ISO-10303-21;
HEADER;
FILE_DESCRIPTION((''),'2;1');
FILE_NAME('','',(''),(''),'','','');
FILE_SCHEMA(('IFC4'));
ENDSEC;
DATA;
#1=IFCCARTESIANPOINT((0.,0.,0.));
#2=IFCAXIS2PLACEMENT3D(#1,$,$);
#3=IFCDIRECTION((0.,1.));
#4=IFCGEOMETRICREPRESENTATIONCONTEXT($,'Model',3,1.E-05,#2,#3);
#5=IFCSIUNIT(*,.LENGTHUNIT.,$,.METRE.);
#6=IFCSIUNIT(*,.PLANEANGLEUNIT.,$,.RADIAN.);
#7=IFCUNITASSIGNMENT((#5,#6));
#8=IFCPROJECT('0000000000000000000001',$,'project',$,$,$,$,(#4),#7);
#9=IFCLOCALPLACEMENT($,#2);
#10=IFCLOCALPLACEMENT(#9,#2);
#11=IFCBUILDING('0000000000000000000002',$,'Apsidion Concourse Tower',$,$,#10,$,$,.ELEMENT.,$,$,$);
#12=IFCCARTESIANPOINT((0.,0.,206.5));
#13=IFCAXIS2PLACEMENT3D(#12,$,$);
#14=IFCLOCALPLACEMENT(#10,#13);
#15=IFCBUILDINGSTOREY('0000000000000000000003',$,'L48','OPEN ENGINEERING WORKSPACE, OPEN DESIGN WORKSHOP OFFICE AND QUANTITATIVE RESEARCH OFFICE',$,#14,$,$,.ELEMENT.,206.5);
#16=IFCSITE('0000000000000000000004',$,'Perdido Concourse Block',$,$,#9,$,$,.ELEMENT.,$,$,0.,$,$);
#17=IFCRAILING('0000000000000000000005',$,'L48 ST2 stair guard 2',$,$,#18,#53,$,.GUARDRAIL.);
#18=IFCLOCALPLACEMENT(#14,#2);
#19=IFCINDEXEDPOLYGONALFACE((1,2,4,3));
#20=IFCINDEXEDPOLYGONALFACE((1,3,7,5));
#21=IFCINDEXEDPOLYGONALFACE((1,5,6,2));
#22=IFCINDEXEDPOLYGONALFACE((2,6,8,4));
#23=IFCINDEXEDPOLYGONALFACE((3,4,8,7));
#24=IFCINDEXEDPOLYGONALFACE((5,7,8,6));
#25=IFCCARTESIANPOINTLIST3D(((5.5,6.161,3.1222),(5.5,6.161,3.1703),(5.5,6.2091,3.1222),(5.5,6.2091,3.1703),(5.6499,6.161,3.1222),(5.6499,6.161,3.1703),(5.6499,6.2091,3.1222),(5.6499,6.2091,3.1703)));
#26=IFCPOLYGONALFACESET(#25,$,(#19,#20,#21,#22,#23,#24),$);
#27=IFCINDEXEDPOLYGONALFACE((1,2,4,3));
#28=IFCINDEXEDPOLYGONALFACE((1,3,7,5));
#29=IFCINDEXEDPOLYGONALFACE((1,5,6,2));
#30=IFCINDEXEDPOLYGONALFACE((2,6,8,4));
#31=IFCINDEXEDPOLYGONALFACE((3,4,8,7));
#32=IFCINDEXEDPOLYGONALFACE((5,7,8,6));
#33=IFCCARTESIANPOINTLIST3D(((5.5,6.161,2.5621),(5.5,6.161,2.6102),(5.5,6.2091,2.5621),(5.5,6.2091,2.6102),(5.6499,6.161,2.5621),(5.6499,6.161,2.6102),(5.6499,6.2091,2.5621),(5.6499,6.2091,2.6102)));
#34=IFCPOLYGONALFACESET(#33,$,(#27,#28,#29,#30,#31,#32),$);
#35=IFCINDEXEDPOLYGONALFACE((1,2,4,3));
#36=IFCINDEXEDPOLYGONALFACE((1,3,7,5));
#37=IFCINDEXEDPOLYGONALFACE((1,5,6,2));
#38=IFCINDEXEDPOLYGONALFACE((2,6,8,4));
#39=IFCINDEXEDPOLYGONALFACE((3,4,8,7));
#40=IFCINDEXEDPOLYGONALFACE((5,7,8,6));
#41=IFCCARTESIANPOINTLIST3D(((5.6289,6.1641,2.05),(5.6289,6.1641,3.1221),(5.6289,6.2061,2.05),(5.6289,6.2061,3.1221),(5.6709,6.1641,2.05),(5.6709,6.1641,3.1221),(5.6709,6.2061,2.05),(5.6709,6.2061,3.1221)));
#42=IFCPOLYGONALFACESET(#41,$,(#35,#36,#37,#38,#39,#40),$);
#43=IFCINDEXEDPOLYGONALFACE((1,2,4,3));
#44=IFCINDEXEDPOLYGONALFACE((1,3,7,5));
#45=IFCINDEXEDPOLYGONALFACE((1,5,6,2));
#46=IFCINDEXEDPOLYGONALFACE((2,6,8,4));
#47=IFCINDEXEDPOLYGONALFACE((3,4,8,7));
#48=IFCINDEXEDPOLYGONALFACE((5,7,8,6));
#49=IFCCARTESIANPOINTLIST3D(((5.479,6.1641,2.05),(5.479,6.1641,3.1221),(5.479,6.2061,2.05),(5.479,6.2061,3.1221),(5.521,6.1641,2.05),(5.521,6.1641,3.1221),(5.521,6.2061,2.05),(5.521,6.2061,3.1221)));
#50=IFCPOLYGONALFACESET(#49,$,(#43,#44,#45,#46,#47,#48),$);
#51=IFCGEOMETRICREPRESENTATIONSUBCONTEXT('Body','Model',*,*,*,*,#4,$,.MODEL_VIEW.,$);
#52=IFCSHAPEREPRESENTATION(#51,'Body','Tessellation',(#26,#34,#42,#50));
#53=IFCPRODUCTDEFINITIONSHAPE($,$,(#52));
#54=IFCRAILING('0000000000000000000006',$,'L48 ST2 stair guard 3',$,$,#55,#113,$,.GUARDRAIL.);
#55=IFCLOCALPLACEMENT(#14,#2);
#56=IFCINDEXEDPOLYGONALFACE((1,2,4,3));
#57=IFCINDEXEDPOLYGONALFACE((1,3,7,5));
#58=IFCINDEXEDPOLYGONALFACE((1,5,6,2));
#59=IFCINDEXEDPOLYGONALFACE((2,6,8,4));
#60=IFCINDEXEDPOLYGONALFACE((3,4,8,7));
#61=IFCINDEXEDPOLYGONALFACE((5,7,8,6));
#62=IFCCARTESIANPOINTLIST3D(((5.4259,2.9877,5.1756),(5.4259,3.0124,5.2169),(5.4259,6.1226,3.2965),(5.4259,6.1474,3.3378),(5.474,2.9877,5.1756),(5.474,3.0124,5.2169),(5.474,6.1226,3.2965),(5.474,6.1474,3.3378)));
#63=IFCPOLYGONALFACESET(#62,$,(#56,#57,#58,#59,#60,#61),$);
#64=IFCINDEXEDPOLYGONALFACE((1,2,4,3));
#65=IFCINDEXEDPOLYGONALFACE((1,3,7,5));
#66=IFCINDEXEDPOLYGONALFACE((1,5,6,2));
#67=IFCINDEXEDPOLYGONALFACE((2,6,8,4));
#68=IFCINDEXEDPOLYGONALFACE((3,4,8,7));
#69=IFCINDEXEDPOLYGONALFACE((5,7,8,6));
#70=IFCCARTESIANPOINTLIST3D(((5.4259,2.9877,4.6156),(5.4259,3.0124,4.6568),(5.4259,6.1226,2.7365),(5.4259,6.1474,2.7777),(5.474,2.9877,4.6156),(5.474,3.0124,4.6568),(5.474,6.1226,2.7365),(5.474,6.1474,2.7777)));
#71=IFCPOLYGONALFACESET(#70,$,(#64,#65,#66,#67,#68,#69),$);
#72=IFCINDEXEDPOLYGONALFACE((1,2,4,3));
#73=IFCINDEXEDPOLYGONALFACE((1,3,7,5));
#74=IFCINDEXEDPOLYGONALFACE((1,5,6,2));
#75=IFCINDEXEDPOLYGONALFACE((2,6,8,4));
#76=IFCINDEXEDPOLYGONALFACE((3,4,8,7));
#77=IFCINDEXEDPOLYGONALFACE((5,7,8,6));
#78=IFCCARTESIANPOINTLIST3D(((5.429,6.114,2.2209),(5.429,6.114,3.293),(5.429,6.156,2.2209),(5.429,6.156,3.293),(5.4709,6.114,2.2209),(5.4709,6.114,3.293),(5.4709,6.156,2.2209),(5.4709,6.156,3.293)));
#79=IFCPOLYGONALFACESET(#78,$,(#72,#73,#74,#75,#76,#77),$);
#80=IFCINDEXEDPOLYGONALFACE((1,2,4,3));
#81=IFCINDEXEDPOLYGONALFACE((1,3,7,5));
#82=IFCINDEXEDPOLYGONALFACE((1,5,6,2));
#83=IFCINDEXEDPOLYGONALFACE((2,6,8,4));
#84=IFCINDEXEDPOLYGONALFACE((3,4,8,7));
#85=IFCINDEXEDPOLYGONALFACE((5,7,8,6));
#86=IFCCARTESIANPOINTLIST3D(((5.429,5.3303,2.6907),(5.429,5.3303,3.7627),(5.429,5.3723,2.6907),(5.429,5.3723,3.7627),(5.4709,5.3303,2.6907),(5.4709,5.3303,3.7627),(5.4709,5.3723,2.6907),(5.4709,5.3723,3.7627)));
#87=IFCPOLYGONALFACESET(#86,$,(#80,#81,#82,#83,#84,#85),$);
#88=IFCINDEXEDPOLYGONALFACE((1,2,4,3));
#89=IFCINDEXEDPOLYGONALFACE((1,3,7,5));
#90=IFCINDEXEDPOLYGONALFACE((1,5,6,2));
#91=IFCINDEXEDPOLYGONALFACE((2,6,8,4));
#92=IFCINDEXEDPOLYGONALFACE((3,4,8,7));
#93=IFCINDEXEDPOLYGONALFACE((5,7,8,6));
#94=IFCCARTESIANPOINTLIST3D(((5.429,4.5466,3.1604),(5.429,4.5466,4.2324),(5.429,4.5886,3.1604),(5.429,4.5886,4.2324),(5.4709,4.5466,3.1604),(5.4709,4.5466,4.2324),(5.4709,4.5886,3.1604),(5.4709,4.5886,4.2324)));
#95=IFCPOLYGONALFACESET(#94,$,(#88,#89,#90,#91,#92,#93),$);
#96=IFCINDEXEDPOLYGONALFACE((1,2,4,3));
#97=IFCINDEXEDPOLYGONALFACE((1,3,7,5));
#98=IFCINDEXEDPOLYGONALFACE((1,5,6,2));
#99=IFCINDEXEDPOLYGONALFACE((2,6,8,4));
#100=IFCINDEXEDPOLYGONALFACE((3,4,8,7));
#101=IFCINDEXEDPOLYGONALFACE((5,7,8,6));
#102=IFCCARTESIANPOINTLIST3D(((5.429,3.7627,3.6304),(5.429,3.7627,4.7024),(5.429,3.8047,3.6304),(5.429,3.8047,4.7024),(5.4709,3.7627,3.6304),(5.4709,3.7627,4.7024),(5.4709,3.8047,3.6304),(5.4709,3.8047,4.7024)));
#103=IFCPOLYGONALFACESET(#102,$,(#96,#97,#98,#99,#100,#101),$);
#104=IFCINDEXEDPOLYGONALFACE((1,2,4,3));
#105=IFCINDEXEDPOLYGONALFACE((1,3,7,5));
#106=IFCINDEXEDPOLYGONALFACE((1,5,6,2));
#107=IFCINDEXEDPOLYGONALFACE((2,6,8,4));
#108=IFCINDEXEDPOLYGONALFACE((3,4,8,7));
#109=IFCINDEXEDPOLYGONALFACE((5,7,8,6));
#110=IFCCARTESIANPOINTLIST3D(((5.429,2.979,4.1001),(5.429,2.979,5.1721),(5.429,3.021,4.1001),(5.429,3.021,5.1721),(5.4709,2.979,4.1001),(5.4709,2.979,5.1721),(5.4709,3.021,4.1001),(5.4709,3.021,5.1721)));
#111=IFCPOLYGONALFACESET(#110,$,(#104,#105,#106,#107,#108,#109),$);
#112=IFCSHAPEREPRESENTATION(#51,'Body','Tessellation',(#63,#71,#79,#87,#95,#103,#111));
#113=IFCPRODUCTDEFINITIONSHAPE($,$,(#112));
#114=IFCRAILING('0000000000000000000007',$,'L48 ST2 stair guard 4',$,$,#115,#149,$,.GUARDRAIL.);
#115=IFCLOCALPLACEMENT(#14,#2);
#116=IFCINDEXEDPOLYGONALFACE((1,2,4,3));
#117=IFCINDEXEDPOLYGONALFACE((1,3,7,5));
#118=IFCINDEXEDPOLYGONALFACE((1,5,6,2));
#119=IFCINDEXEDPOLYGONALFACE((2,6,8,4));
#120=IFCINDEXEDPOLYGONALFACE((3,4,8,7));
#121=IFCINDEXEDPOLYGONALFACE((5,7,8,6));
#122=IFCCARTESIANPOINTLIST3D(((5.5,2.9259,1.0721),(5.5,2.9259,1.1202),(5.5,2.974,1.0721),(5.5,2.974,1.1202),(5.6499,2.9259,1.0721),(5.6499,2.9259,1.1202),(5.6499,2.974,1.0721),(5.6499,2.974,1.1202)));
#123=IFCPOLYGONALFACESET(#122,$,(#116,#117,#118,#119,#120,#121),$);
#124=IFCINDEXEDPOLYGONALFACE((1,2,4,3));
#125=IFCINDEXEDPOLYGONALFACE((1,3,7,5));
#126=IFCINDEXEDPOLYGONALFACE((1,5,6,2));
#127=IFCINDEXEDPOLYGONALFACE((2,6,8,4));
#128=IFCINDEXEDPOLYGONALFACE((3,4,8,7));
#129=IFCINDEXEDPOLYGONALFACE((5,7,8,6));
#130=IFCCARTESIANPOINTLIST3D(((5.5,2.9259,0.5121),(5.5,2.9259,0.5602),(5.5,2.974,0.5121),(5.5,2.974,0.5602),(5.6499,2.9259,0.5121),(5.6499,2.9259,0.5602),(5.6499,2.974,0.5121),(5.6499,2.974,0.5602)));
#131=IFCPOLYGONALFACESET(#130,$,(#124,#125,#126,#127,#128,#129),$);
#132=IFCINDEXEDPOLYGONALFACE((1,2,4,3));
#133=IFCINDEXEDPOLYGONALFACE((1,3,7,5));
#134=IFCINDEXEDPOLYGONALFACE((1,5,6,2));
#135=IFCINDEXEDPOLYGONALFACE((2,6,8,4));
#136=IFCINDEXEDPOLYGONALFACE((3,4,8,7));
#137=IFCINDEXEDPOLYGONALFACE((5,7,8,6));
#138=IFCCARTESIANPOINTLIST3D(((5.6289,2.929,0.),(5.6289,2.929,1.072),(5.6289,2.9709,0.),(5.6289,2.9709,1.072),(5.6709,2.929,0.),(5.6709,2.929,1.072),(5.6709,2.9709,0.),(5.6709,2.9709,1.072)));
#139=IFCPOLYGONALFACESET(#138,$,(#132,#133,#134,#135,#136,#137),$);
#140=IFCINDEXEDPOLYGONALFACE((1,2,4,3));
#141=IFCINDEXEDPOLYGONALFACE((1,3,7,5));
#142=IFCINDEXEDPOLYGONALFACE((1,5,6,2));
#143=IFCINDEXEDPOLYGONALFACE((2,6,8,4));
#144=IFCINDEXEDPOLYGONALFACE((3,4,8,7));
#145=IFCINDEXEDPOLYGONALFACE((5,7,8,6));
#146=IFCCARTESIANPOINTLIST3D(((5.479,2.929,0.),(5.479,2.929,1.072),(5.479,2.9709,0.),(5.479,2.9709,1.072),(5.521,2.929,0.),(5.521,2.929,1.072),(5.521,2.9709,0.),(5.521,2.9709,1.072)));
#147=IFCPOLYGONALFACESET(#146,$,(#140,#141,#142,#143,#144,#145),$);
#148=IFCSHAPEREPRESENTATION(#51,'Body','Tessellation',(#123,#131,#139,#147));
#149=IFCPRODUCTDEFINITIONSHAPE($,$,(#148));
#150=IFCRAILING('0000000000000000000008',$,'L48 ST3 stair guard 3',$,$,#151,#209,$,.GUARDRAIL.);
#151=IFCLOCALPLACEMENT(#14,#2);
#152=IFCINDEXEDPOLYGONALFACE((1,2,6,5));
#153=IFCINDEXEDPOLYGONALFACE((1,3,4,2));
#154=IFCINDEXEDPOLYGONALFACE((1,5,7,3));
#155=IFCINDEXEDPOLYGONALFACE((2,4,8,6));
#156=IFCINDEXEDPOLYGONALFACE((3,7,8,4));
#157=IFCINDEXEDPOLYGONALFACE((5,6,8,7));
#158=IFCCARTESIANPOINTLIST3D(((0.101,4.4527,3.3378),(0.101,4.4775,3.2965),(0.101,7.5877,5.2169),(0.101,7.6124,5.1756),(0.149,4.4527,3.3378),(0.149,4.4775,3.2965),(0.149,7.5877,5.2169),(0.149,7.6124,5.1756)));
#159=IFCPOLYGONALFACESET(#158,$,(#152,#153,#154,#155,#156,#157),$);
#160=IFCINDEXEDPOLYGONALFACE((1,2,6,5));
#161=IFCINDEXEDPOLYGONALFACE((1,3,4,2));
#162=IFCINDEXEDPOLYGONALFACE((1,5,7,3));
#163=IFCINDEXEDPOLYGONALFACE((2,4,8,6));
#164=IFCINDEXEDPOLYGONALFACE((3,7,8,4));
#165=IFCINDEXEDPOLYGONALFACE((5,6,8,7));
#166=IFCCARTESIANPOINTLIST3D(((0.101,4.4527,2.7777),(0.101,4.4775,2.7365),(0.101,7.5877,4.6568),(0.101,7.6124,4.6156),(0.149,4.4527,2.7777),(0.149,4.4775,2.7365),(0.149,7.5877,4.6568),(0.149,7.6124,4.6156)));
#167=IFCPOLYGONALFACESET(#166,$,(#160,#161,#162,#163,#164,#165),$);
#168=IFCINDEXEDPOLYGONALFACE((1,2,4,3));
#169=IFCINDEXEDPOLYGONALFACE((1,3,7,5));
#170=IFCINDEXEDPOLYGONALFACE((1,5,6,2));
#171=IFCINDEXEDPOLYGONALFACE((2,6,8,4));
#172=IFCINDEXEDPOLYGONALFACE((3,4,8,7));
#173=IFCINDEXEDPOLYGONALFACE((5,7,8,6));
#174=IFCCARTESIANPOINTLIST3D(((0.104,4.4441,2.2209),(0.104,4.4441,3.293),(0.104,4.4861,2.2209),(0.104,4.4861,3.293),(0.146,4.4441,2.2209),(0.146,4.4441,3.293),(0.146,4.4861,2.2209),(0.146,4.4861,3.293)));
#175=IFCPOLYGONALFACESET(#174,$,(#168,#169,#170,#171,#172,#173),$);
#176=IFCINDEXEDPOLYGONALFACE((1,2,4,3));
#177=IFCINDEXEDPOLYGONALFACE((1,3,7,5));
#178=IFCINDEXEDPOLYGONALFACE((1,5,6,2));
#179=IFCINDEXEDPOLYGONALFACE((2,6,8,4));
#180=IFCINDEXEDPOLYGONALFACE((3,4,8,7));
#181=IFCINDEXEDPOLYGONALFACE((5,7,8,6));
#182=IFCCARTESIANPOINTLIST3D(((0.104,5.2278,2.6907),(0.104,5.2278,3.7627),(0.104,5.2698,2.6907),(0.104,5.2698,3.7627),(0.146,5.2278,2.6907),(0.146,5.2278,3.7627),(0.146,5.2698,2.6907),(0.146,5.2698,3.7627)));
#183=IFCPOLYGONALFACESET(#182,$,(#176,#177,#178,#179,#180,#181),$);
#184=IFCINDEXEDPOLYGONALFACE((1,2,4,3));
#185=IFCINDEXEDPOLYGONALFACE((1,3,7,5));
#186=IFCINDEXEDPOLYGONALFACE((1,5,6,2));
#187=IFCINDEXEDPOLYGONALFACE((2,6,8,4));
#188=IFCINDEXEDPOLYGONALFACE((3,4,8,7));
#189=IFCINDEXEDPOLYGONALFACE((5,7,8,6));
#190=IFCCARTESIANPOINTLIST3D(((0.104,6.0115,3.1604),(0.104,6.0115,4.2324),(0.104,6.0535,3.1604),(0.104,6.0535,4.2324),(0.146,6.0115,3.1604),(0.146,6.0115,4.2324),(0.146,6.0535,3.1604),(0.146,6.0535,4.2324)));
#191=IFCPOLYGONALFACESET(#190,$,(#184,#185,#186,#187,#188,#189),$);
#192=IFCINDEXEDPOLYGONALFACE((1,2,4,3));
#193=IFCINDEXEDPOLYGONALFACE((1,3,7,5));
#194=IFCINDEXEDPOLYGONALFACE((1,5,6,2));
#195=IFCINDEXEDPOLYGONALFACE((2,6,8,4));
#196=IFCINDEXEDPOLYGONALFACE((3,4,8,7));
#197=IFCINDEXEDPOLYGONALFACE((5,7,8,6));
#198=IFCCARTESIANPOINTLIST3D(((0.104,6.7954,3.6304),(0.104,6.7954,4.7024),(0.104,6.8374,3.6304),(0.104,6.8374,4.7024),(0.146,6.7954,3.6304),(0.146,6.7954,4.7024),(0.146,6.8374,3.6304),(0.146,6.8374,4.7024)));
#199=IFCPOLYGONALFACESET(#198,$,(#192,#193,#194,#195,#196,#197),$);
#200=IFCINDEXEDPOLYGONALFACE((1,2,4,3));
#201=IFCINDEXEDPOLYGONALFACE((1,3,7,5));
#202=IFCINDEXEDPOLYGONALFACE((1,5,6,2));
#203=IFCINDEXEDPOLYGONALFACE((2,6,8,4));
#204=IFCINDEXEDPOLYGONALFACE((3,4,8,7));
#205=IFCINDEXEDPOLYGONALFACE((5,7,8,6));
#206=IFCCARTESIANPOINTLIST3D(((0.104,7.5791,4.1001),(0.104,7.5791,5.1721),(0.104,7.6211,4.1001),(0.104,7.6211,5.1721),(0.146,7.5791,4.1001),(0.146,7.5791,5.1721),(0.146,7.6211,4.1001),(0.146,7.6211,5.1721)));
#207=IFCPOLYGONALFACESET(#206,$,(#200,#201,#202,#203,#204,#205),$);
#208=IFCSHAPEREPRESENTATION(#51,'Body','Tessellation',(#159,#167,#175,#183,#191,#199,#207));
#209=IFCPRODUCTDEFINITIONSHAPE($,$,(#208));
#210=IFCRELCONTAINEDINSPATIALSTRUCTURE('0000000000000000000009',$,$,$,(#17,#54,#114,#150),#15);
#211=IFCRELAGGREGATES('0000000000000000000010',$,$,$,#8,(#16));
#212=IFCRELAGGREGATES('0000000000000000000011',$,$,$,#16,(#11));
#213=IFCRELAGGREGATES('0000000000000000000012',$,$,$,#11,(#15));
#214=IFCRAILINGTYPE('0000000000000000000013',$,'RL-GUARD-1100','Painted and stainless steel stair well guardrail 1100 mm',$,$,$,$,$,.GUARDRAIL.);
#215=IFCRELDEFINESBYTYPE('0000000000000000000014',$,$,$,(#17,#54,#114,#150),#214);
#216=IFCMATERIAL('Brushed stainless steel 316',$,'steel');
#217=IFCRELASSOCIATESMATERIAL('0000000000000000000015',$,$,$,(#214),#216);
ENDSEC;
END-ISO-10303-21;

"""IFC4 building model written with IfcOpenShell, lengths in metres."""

from ifc_helpers import new_model, si_unit, direction, frame, origin, origin_2d, place, context, subcontext, project, spatial, rectangle, extrude, material, type_object, element, save


model = new_model("IFC4")

# Units and contexts
model_context = context("Model", 3, precision=1e-05, world=origin(), true_north=direction((0.0, 1.0)))
body_context = subcontext(model_context, "Body", "Model", "MODEL_VIEW")
ifc_project = project(units=[si_unit("LENGTHUNIT", "METRE"), si_unit("PLANEANGLEUNIT", "RADIAN")], contexts=[model_context])

# Site, building, storey
site_placement = place(None, origin())
site = spatial("IfcSite", under=ifc_project, at=site_placement, Name="Perdido Concourse Block", CompositionType="ELEMENT", RefElevation=0.0)
building_placement = place(site_placement, origin())
building = spatial("IfcBuilding", under=site, at=building_placement, Name="Apsidion Concourse Tower", CompositionType="ELEMENT")
storey_placement = place(building_placement, frame((0.0, 0.0, 206.5)))
storey = spatial("IfcBuildingStorey", under=building, at=storey_placement, Name="L48", Description="OPEN ENGINEERING WORKSPACE, OPEN DESIGN WORKSHOP OFFICE AND QUANTITATIVE RESEARCH OFFICE", CompositionType="ELEMENT", Elevation=206.5)

# Railings
ifc_material_1 = material(Name="Brushed stainless steel 316", Category="steel")
railing_type_1 = type_object("IfcRailingType", Name="RL-GUARD-1100", Description="Painted and stainless steel stair well guardrail 1100 mm", PredefinedType="GUARDRAIL", material=ifc_material_1)
railing_1_placement = place(storey_placement, frame((5.6499, 6.1851, 2.05)))
element("IfcRailing", 1, at=railing_1_placement, inside=storey, type_object=railing_type_1, Name="L48 ST2 stair guard 2", PredefinedType="GUARDRAIL", context=body_context, shape_type="SweptSolid", body=[
    extrude(rectangle(XDim=0.0481, YDim=0.0481, at=origin_2d()), frame((0.0, 0.0, 1.0962), z_axis=(-1.0, 0.0, 0.0), x_axis=(0.0, -1.0, 0.0)), (0.0, 0.0, 1.0), 0.1499),
    extrude(rectangle(XDim=0.0481, YDim=0.0481, at=origin_2d()), frame((0.0, 0.0, 0.5361), z_axis=(-1.0, 0.0, 0.0), x_axis=(0.0, -1.0, 0.0)), (0.0, 0.0, 1.0), 0.1499),
    extrude(rectangle(XDim=0.042, YDim=0.042, at=origin_2d()), origin(), (0.0, 0.0, 1.0), 1.072),
    extrude(rectangle(XDim=0.042, YDim=0.042, at=origin_2d()), frame((-0.1499, 0.0, 0.0)), (0.0, 0.0, 1.0), 1.072),
])
railing_2_placement = place(storey_placement, frame((5.45, 6.135, 2.2209)))
element("IfcRailing", 2, at=railing_2_placement, inside=storey, type_object=railing_type_1, Name="L48 ST2 stair guard 3", PredefinedType="GUARDRAIL", context=body_context, shape_type="SweptSolid", body=[
    extrude(rectangle(XDim=0.0481, YDim=0.0481, at=origin_2d()), frame((0.0, 0.0, 1.0962), z_axis=(0.0, -0.857717, 0.514122), x_axis=(1.0, 0.0, 0.0)), (0.0, 0.0, 1.0), 3.655),
    extrude(rectangle(XDim=0.0481, YDim=0.0481, at=origin_2d()), frame((0.0, 0.0, 0.5361), z_axis=(0.0, -0.857717, 0.514122), x_axis=(1.0, 0.0, 0.0)), (0.0, 0.0, 1.0), 3.655),
    extrude(rectangle(XDim=0.042, YDim=0.042, at=origin_2d()), origin(), (0.0, 0.0, 1.0), 1.072),
    extrude(rectangle(XDim=0.042, YDim=0.042, at=origin_2d()), frame((0.0, -0.7837, 0.4697)), (0.0, 0.0, 1.0), 1.072),
    extrude(rectangle(XDim=0.042, YDim=0.042, at=origin_2d()), frame((0.0, -1.5674, 0.9395)), (0.0, 0.0, 1.0), 1.072),
    extrude(rectangle(XDim=0.042, YDim=0.042, at=origin_2d()), frame((0.0, -2.3513, 1.4094)), (0.0, 0.0, 1.0), 1.072),
    extrude(rectangle(XDim=0.042, YDim=0.042, at=origin_2d()), frame((0.0, -3.135, 1.8792)), (0.0, 0.0, 1.0), 1.072),
])
railing_3_placement = place(storey_placement, frame((5.6499, 2.95, 0.0)))
element("IfcRailing", 3, at=railing_3_placement, inside=storey, type_object=railing_type_1, Name="L48 ST2 stair guard 4", PredefinedType="GUARDRAIL", context=body_context, shape_type="SweptSolid", body=[
    extrude(rectangle(XDim=0.0481, YDim=0.0481, at=origin_2d()), frame((0.0, 0.0, 1.0962), z_axis=(-1.0, 0.0, 0.0), x_axis=(0.0, -1.0, 0.0)), (0.0, 0.0, 1.0), 0.1499),
    extrude(rectangle(XDim=0.0481, YDim=0.0481, at=origin_2d()), frame((0.0, 0.0, 0.5361), z_axis=(-1.0, 0.0, 0.0), x_axis=(0.0, -1.0, 0.0)), (0.0, 0.0, 1.0), 0.1499),
    extrude(rectangle(XDim=0.042, YDim=0.042, at=origin_2d()), origin(), (0.0, 0.0, 1.0), 1.072),
    extrude(rectangle(XDim=0.042, YDim=0.042, at=origin_2d()), frame((-0.1499, 0.0, 0.0)), (0.0, 0.0, 1.0), 1.072),
])
railing_4_placement = place(storey_placement, frame((0.125, 4.4651, 2.2209)))
element("IfcRailing", 4, at=railing_4_placement, inside=storey, type_object=railing_type_1, Name="L48 ST3 stair guard 3", PredefinedType="GUARDRAIL", context=body_context, shape_type="SweptSolid", body=[
    extrude(rectangle(XDim=0.0481, YDim=0.0481, at=origin_2d()), frame((0.0, 0.0, 1.0962), z_axis=(0.0, 0.857717, 0.514122), x_axis=(-1.0, 0.0, 0.0)), (0.0, 0.0, 1.0), 3.655),
    extrude(rectangle(XDim=0.0481, YDim=0.0481, at=origin_2d()), frame((0.0, 0.0, 0.5361), z_axis=(0.0, 0.857717, 0.514122), x_axis=(-1.0, 0.0, 0.0)), (0.0, 0.0, 1.0), 3.655),
    extrude(rectangle(XDim=0.042, YDim=0.042, at=origin_2d()), origin(), (0.0, 0.0, 1.0), 1.072),
    extrude(rectangle(XDim=0.042, YDim=0.042, at=origin_2d()), frame((0.0, 0.7837, 0.4697)), (0.0, 0.0, 1.0), 1.072),
    extrude(rectangle(XDim=0.042, YDim=0.042, at=origin_2d()), frame((0.0, 1.5674, 0.9395)), (0.0, 0.0, 1.0), 1.072),
    extrude(rectangle(XDim=0.042, YDim=0.042, at=origin_2d()), frame((0.0, 2.3513, 1.4094)), (0.0, 0.0, 1.0), 1.072),
    extrude(rectangle(XDim=0.042, YDim=0.042, at=origin_2d()), frame((0.0, 3.135, 1.8792)), (0.0, 0.0, 1.0), 1.072),
])

save(model, "model.ifc")
